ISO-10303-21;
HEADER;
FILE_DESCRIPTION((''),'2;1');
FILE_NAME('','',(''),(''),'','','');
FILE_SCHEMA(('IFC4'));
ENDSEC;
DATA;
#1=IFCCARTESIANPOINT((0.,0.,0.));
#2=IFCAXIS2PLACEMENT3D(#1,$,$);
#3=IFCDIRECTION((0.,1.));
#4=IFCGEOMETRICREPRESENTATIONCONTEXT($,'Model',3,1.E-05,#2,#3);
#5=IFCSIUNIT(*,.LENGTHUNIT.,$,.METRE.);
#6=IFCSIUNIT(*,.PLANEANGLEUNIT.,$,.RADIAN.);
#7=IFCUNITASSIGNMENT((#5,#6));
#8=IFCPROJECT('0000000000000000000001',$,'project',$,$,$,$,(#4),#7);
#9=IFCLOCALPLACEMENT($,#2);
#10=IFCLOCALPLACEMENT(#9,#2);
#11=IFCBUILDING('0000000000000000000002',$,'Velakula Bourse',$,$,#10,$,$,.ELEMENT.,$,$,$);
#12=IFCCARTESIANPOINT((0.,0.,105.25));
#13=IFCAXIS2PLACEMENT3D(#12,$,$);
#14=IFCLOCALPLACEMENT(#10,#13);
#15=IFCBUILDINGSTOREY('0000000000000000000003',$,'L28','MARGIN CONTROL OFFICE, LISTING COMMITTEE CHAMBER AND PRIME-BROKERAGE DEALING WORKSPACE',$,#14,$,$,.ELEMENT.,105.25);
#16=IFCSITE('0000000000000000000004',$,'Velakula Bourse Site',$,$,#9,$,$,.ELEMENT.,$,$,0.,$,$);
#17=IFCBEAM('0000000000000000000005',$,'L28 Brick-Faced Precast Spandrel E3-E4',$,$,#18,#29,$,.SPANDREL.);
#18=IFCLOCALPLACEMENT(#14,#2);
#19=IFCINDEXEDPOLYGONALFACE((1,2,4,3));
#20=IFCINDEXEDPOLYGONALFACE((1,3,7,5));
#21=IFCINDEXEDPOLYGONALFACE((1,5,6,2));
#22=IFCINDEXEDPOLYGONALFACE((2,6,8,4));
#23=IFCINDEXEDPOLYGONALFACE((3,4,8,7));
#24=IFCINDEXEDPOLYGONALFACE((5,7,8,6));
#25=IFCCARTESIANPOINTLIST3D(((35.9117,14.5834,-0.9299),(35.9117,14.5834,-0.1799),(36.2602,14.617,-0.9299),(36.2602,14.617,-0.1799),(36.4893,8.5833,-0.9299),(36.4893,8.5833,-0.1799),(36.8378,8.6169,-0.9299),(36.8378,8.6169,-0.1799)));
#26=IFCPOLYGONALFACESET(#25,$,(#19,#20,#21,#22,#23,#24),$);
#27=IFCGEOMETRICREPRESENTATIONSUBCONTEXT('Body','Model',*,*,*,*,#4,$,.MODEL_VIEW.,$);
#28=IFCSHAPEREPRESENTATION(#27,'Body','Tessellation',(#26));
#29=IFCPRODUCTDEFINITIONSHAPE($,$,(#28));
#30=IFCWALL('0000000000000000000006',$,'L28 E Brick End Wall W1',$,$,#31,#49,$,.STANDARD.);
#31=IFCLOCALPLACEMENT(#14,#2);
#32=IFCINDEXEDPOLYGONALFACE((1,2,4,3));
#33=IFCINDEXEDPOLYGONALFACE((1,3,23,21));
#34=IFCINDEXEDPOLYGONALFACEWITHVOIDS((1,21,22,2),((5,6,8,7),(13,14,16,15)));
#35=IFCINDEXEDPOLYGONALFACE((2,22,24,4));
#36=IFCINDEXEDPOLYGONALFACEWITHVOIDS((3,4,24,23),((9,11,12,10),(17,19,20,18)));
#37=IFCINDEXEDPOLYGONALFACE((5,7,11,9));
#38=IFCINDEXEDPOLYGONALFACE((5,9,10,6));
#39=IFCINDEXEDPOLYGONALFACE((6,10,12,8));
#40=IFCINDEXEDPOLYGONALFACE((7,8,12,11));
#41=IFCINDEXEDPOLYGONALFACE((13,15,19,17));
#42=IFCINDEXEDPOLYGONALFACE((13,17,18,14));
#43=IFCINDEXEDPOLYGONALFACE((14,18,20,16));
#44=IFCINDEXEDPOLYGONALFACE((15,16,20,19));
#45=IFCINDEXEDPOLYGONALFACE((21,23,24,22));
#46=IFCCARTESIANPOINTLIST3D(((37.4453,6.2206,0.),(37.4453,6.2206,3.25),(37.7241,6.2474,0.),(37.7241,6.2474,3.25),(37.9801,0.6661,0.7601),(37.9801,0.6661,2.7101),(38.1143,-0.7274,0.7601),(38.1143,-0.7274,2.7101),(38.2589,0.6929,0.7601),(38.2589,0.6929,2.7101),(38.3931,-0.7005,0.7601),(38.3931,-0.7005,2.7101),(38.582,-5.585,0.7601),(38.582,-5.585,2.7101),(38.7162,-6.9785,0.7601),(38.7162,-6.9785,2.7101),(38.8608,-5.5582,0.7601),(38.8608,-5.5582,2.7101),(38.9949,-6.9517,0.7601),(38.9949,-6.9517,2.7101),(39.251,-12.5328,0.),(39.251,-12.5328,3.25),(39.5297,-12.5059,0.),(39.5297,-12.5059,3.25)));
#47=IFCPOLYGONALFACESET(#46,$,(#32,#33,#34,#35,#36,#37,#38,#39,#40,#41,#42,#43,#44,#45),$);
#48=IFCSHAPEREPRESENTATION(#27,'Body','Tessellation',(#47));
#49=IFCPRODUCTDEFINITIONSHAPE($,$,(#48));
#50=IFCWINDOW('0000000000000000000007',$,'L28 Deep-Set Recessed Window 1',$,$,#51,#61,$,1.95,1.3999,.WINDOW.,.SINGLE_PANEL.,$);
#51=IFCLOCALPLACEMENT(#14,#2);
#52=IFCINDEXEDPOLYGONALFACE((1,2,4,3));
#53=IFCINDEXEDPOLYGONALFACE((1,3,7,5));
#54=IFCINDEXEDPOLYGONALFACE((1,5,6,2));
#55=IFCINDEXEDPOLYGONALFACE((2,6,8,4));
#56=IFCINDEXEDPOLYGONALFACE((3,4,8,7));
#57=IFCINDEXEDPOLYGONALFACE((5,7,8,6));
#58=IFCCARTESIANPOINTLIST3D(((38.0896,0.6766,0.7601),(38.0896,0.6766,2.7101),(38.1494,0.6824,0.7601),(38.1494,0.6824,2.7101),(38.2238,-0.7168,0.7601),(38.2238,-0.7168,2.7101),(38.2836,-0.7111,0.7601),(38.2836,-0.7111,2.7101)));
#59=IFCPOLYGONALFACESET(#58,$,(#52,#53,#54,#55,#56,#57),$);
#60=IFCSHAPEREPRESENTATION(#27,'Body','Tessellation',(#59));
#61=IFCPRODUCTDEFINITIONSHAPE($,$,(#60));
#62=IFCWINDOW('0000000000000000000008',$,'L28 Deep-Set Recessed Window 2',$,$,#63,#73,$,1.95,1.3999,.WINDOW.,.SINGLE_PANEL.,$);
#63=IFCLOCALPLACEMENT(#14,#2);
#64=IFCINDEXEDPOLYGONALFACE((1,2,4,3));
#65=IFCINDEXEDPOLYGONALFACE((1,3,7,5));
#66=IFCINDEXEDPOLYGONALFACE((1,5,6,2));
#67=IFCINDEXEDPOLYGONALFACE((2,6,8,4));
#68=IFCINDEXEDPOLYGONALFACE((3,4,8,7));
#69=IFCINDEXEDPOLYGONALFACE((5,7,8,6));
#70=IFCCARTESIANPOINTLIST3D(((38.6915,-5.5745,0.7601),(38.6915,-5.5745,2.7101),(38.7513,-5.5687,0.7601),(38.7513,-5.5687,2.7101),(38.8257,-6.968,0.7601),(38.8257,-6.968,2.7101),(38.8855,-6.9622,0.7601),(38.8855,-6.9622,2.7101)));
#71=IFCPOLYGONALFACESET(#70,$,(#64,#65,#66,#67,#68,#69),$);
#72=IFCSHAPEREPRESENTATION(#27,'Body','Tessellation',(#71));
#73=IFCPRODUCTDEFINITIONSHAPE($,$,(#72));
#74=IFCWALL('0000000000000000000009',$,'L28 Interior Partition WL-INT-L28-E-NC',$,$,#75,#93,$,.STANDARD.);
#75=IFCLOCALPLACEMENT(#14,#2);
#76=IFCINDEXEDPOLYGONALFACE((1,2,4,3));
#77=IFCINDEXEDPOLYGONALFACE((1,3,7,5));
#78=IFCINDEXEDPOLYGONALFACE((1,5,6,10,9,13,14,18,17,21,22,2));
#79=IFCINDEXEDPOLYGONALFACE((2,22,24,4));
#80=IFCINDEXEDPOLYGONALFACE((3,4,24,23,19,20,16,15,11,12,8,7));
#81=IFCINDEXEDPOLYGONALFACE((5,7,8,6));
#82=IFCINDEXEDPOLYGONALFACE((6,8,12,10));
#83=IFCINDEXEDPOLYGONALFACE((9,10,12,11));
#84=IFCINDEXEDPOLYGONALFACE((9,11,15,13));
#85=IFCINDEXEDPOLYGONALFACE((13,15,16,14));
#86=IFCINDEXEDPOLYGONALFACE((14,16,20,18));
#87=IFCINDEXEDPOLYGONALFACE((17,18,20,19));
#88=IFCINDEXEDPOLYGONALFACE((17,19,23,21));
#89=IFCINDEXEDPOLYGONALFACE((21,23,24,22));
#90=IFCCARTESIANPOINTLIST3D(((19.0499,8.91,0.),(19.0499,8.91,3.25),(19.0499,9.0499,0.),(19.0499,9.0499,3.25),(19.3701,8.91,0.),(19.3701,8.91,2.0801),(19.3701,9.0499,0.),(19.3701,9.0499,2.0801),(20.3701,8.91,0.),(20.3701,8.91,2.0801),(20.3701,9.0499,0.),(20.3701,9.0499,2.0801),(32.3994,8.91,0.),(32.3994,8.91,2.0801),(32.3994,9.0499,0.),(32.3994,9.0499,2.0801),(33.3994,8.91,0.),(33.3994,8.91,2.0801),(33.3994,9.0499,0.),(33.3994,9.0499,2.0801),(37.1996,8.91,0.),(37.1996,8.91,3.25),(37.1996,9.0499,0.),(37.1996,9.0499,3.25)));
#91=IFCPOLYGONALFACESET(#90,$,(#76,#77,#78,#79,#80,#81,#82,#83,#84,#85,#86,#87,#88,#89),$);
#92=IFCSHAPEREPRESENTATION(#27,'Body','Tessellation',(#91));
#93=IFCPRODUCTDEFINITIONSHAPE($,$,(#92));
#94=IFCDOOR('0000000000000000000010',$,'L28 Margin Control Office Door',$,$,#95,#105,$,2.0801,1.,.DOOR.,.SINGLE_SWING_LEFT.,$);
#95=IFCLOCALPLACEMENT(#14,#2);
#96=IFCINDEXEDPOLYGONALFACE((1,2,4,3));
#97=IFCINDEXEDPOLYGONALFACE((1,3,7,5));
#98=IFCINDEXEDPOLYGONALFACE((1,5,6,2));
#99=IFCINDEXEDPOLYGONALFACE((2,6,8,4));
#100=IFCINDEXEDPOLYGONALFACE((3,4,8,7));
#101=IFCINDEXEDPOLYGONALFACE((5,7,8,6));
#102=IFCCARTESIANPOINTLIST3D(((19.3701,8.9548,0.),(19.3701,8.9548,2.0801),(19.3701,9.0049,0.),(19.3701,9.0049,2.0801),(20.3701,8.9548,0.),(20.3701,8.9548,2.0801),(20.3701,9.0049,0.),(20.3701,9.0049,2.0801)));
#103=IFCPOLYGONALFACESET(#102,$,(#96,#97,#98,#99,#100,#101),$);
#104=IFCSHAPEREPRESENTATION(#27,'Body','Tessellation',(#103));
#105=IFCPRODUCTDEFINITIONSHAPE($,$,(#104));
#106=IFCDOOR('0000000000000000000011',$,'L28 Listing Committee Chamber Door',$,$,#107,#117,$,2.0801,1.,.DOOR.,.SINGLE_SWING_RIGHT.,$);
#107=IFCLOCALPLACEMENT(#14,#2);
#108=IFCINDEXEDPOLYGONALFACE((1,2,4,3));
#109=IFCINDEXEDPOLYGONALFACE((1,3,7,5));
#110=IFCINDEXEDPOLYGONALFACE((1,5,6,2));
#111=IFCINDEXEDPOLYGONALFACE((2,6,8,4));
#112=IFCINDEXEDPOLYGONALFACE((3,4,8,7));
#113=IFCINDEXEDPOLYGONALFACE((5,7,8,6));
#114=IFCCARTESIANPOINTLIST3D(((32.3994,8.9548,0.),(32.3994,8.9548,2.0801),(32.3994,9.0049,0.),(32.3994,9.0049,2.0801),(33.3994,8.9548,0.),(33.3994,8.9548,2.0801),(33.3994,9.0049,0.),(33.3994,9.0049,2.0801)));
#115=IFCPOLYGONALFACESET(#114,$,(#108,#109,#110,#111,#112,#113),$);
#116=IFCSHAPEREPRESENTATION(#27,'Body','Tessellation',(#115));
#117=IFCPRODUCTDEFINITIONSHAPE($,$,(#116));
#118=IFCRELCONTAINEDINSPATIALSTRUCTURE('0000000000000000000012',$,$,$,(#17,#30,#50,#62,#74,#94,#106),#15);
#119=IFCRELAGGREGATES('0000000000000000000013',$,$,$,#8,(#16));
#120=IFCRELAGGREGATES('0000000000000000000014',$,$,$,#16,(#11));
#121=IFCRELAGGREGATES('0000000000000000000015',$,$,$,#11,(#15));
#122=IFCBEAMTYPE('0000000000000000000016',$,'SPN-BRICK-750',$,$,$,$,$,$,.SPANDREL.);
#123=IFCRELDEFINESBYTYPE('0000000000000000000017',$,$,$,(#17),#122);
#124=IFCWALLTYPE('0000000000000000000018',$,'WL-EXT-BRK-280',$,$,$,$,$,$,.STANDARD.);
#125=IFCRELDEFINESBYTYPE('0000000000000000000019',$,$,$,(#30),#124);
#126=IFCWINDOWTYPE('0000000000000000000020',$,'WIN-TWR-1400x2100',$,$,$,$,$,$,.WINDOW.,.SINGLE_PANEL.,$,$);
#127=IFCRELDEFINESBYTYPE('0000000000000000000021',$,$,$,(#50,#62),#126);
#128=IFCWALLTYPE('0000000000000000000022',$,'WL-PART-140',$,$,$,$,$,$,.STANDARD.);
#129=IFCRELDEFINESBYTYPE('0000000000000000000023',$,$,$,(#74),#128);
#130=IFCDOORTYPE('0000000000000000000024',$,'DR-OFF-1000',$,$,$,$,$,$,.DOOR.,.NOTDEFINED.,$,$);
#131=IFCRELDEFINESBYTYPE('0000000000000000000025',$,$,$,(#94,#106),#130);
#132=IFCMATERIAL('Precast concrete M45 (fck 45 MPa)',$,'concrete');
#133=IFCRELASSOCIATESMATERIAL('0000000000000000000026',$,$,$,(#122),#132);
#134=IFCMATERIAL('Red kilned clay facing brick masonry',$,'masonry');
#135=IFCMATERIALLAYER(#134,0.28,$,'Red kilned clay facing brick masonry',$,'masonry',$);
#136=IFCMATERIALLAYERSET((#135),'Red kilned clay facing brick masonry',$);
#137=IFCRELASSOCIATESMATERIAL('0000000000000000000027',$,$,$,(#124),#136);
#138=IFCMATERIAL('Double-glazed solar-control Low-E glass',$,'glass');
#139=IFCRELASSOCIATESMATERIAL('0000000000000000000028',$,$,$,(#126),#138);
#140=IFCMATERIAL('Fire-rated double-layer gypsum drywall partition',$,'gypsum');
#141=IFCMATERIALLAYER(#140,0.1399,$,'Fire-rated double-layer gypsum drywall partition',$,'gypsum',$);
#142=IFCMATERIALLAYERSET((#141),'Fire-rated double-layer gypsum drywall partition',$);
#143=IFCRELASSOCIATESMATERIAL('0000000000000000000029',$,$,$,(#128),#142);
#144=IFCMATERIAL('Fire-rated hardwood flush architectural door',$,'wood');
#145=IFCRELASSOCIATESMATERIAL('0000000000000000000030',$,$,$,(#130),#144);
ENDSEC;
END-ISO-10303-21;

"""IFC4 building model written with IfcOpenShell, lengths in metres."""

from ifc_helpers import new_model, si_unit, direction, frame, frame_2d, origin, origin_2d, place, context, subcontext, project, spatial, rectangle, extrude, material, layer, layer_set, material_profile, profile_set, type_object, element, fill, save


model = new_model("IFC4")

# Units and contexts
model_context = context("Model", 3, precision=1e-05, world=origin(), true_north=direction((0.0, 1.0)))
body_context = subcontext(model_context, "Body", "Model", "MODEL_VIEW")
ifc_project = project(units=[si_unit("LENGTHUNIT", "METRE"), si_unit("PLANEANGLEUNIT", "RADIAN")], contexts=[model_context])

# Site, building, storey
site_placement = place(None, origin())
site = spatial("IfcSite", under=ifc_project, at=site_placement, Name="Velakula Bourse Site", CompositionType="ELEMENT", RefElevation=0.0)
building_placement = place(site_placement, origin())
building = spatial("IfcBuilding", under=site, at=building_placement, Name="Velakula Bourse", CompositionType="ELEMENT")
storey_placement = place(building_placement, frame((0.0, 0.0, 105.25)))
storey = spatial("IfcBuildingStorey", under=building, at=storey_placement, Name="L28", Description="MARGIN CONTROL OFFICE, LISTING COMMITTEE CHAMBER AND PRIME-BROKERAGE DEALING WORKSPACE", CompositionType="ELEMENT", Elevation=105.25)

# Beam
ifc_material_1 = material(Name="Precast concrete M45 (fck 45 MPa)", Category="concrete")
ifc_material_profile_1 = material_profile(ifc_material_1, rectangle(XDim=0.3501, YDim=0.75, at=origin_2d()), Name="Precast concrete M45 (fck 45 MPa)")
ifc_profile_set_1 = profile_set([ifc_material_profile_1], Name="Precast concrete M45 (fck 45 MPa)")
beam_type_1 = type_object("IfcBeamType", Name="SPN-BRICK-750", PredefinedType="SPANDREL", material=ifc_profile_set_1)
beam_1_placement = place(storey_placement, frame((36.6636, 8.6001, -0.5549), z_axis=(-0.09583, 0.995398, 0.0), x_axis=(-0.995398, -0.09583, 0.0)))
element("IfcBeam", 1, at=beam_1_placement, inside=storey, type_object=beam_type_1, Name="L28 Brick-Faced Precast Spandrel E3-E4", PredefinedType="SPANDREL", context=body_context, shape_type="SweptSolid", body=[
    extrude(rectangle(XDim=0.3501, YDim=0.75, at=origin_2d()), origin(), (0.0, 0.0, 1.0), 6.0278),
])

# Wall, openings, windows
ifc_material_2 = material(Name="Red kilned clay facing brick masonry", Category="masonry")
ifc_layer_1 = layer(ifc_material_2, 0.28, Name="Red kilned clay facing brick masonry", Category="masonry")
ifc_layer_set_1 = layer_set([ifc_layer_1], Name="Red kilned clay facing brick masonry")
wall_type_1 = type_object("IfcWallType", Name="WL-EXT-BRK-280", PredefinedType="STANDARD", material=ifc_layer_set_1)
wall_1_placement = place(storey_placement, frame((37.5847, 6.2339, 0.0), z_axis=(0.0, 0.0, 1.0), x_axis=(0.095841, -0.995397, 0.0)))
wall_1 = element("IfcWall", 2, at=wall_1_placement, inside=storey, type_object=wall_type_1, Name="L28 E Brick End Wall W1", PredefinedType="STANDARD", context=body_context, shape_type="SweptSolid", body=[
    extrude(rectangle(XDim=18.8401, YDim=0.28, at=frame_2d((9.4199, 0.0))), origin(), (0.0, 0.0, 1.0), 3.25),
])
opening_1_placement = place(wall_1_placement, frame((5.5801, 0.0, 0.76)))
opening_1 = element("IfcOpeningElement", 3, at=opening_1_placement, cuts=wall_1, PredefinedType="OPENING", context=body_context, shape_type="SweptSolid", body=[
    extrude(rectangle(XDim=1.3999, YDim=1.95, at=frame_2d((0.7, 0.9751))), frame((0.0, 0.1499, 0.0), z_axis=(0.0, -1.0, 0.0), x_axis=(1.0, 0.0, 0.0)), (0.0, 0.0, 1.0), 0.3),
])
opening_2_placement = place(wall_1_placement, frame((11.8601, 0.0, 0.76)))
opening_2 = element("IfcOpeningElement", 4, at=opening_2_placement, cuts=wall_1, PredefinedType="OPENING", context=body_context, shape_type="SweptSolid", body=[
    extrude(rectangle(XDim=1.3999, YDim=1.95, at=frame_2d((0.7, 0.9751))), frame((0.0, 0.1499, 0.0), z_axis=(0.0, -1.0, 0.0), x_axis=(1.0, 0.0, 0.0)), (0.0, 0.0, 1.0), 0.3),
])
ifc_material_3 = material(Name="Double-glazed solar-control Low-E glass", Category="glass")
window_type = type_object("IfcWindowType", Name="WIN-TWR-1400x2100", PartitioningType="SINGLE_PANEL", PredefinedType="WINDOW", material=ifc_material_3)
window_1_placement = place(opening_1_placement, origin())
window_1 = element("IfcWindow", 5, at=window_1_placement, inside=storey, type_object=window_type, Name="L28 Deep-Set Recessed Window 1", OverallHeight=1.95, OverallWidth=1.3999, PartitioningType="SINGLE_PANEL", PredefinedType="WINDOW", context=body_context, shape_type="SweptSolid", body=[
    extrude(rectangle(XDim=1.3999, YDim=1.95, at=frame_2d((0.7, 0.9751))), frame((0.0, 0.03, 0.0), z_axis=(0.0, -1.0, 0.0), x_axis=(1.0, 0.0, 0.0)), (0.0, 0.0, 1.0), 0.0601),
])
fill(opening_1, window_1)
window_2_placement = place(opening_2_placement, origin())
window_2 = element("IfcWindow", 6, at=window_2_placement, inside=storey, type_object=window_type, Name="L28 Deep-Set Recessed Window 2", OverallHeight=1.95, OverallWidth=1.3999, PartitioningType="SINGLE_PANEL", PredefinedType="WINDOW", context=body_context, shape_type="SweptSolid", body=[
    extrude(rectangle(XDim=1.3999, YDim=1.95, at=frame_2d((0.7, 0.9751))), frame((0.0, 0.03, 0.0), z_axis=(0.0, -1.0, 0.0), x_axis=(1.0, 0.0, 0.0)), (0.0, 0.0, 1.0), 0.0601),
])
fill(opening_2, window_2)

# Wall, openings, doors
ifc_material_4 = material(Name="Fire-rated double-layer gypsum drywall partition", Category="gypsum")
ifc_layer_2 = layer(ifc_material_4, 0.1399, Name="Fire-rated double-layer gypsum drywall partition", Category="gypsum")
ifc_layer_set_2 = layer_set([ifc_layer_2], Name="Fire-rated double-layer gypsum drywall partition")
wall_type_2 = type_object("IfcWallType", Name="WL-PART-140", PredefinedType="STANDARD", material=ifc_layer_set_2)
wall_2_placement = place(storey_placement, frame((19.05, 8.98, 0.0), z_axis=(0.0, 0.0, 1.0), x_axis=(1.0, 0.0, 0.0)))
wall_2 = element("IfcWall", 7, at=wall_2_placement, inside=storey, type_object=wall_type_2, Name="L28 Interior Partition WL-INT-L28-E-NC", PredefinedType="STANDARD", context=body_context, shape_type="SweptSolid", body=[
    extrude(rectangle(XDim=18.1497, YDim=0.1399, at=frame_2d((9.0747, 0.0))), origin(), (0.0, 0.0, 1.0), 3.25),
])
opening_3_placement = place(wall_2_placement, frame((0.3201, 0.0, 0.0)))
opening_3 = element("IfcOpeningElement", 8, at=opening_3_placement, cuts=wall_2, PredefinedType="OPENING", context=body_context, shape_type="SweptSolid", body=[
    extrude(rectangle(XDim=1.0, YDim=2.0801, at=frame_2d((0.5, 1.04))), frame((0.0, 0.0798, 0.0), z_axis=(0.0, -1.0, 0.0), x_axis=(1.0, 0.0, 0.0)), (0.0, 0.0, 1.0), 0.1599),
])
opening_4_placement = place(wall_2_placement, frame((13.3494, 0.0, 0.0)))
opening_4 = element("IfcOpeningElement", 9, at=opening_4_placement, cuts=wall_2, PredefinedType="OPENING", context=body_context, shape_type="SweptSolid", body=[
    extrude(rectangle(XDim=1.0, YDim=2.0801, at=frame_2d((0.5, 1.04))), frame((0.0, 0.0798, 0.0), z_axis=(0.0, -1.0, 0.0), x_axis=(1.0, 0.0, 0.0)), (0.0, 0.0, 1.0), 0.1599),
])
ifc_material_5 = material(Name="Fire-rated hardwood flush architectural door", Category="wood")
door_type = type_object("IfcDoorType", Name="DR-OFF-1000", OperationType="NOTDEFINED", PredefinedType="DOOR", material=ifc_material_5)
door_1_placement = place(opening_3_placement, origin())
door_1 = element("IfcDoor", 10, at=door_1_placement, inside=storey, type_object=door_type, Name="L28 Margin Control Office Door", OperationType="SINGLE_SWING_LEFT", OverallHeight=2.0801, OverallWidth=1.0, PredefinedType="DOOR", context=body_context, shape_type="SweptSolid", body=[
    extrude(rectangle(XDim=1.0, YDim=2.0801, at=frame_2d((0.5, 1.04))), frame((0.0, 0.0249, 0.0), z_axis=(0.0, -1.0, 0.0), x_axis=(1.0, 0.0, 0.0)), (0.0, 0.0, 1.0), 0.05),
])
fill(opening_3, door_1)
door_2_placement = place(opening_4_placement, origin())
door_2 = element("IfcDoor", 11, at=door_2_placement, inside=storey, type_object=door_type, Name="L28 Listing Committee Chamber Door", OperationType="SINGLE_SWING_RIGHT", OverallHeight=2.0801, OverallWidth=1.0, PredefinedType="DOOR", context=body_context, shape_type="SweptSolid", body=[
    extrude(rectangle(XDim=1.0, YDim=2.0801, at=frame_2d((0.5, 1.04))), frame((0.0, 0.0249, 0.0), z_axis=(0.0, -1.0, 0.0), x_axis=(1.0, 0.0, 0.0)), (0.0, 0.0, 1.0), 0.05),
])
fill(opening_4, door_2)

save(model, "model.ifc")
